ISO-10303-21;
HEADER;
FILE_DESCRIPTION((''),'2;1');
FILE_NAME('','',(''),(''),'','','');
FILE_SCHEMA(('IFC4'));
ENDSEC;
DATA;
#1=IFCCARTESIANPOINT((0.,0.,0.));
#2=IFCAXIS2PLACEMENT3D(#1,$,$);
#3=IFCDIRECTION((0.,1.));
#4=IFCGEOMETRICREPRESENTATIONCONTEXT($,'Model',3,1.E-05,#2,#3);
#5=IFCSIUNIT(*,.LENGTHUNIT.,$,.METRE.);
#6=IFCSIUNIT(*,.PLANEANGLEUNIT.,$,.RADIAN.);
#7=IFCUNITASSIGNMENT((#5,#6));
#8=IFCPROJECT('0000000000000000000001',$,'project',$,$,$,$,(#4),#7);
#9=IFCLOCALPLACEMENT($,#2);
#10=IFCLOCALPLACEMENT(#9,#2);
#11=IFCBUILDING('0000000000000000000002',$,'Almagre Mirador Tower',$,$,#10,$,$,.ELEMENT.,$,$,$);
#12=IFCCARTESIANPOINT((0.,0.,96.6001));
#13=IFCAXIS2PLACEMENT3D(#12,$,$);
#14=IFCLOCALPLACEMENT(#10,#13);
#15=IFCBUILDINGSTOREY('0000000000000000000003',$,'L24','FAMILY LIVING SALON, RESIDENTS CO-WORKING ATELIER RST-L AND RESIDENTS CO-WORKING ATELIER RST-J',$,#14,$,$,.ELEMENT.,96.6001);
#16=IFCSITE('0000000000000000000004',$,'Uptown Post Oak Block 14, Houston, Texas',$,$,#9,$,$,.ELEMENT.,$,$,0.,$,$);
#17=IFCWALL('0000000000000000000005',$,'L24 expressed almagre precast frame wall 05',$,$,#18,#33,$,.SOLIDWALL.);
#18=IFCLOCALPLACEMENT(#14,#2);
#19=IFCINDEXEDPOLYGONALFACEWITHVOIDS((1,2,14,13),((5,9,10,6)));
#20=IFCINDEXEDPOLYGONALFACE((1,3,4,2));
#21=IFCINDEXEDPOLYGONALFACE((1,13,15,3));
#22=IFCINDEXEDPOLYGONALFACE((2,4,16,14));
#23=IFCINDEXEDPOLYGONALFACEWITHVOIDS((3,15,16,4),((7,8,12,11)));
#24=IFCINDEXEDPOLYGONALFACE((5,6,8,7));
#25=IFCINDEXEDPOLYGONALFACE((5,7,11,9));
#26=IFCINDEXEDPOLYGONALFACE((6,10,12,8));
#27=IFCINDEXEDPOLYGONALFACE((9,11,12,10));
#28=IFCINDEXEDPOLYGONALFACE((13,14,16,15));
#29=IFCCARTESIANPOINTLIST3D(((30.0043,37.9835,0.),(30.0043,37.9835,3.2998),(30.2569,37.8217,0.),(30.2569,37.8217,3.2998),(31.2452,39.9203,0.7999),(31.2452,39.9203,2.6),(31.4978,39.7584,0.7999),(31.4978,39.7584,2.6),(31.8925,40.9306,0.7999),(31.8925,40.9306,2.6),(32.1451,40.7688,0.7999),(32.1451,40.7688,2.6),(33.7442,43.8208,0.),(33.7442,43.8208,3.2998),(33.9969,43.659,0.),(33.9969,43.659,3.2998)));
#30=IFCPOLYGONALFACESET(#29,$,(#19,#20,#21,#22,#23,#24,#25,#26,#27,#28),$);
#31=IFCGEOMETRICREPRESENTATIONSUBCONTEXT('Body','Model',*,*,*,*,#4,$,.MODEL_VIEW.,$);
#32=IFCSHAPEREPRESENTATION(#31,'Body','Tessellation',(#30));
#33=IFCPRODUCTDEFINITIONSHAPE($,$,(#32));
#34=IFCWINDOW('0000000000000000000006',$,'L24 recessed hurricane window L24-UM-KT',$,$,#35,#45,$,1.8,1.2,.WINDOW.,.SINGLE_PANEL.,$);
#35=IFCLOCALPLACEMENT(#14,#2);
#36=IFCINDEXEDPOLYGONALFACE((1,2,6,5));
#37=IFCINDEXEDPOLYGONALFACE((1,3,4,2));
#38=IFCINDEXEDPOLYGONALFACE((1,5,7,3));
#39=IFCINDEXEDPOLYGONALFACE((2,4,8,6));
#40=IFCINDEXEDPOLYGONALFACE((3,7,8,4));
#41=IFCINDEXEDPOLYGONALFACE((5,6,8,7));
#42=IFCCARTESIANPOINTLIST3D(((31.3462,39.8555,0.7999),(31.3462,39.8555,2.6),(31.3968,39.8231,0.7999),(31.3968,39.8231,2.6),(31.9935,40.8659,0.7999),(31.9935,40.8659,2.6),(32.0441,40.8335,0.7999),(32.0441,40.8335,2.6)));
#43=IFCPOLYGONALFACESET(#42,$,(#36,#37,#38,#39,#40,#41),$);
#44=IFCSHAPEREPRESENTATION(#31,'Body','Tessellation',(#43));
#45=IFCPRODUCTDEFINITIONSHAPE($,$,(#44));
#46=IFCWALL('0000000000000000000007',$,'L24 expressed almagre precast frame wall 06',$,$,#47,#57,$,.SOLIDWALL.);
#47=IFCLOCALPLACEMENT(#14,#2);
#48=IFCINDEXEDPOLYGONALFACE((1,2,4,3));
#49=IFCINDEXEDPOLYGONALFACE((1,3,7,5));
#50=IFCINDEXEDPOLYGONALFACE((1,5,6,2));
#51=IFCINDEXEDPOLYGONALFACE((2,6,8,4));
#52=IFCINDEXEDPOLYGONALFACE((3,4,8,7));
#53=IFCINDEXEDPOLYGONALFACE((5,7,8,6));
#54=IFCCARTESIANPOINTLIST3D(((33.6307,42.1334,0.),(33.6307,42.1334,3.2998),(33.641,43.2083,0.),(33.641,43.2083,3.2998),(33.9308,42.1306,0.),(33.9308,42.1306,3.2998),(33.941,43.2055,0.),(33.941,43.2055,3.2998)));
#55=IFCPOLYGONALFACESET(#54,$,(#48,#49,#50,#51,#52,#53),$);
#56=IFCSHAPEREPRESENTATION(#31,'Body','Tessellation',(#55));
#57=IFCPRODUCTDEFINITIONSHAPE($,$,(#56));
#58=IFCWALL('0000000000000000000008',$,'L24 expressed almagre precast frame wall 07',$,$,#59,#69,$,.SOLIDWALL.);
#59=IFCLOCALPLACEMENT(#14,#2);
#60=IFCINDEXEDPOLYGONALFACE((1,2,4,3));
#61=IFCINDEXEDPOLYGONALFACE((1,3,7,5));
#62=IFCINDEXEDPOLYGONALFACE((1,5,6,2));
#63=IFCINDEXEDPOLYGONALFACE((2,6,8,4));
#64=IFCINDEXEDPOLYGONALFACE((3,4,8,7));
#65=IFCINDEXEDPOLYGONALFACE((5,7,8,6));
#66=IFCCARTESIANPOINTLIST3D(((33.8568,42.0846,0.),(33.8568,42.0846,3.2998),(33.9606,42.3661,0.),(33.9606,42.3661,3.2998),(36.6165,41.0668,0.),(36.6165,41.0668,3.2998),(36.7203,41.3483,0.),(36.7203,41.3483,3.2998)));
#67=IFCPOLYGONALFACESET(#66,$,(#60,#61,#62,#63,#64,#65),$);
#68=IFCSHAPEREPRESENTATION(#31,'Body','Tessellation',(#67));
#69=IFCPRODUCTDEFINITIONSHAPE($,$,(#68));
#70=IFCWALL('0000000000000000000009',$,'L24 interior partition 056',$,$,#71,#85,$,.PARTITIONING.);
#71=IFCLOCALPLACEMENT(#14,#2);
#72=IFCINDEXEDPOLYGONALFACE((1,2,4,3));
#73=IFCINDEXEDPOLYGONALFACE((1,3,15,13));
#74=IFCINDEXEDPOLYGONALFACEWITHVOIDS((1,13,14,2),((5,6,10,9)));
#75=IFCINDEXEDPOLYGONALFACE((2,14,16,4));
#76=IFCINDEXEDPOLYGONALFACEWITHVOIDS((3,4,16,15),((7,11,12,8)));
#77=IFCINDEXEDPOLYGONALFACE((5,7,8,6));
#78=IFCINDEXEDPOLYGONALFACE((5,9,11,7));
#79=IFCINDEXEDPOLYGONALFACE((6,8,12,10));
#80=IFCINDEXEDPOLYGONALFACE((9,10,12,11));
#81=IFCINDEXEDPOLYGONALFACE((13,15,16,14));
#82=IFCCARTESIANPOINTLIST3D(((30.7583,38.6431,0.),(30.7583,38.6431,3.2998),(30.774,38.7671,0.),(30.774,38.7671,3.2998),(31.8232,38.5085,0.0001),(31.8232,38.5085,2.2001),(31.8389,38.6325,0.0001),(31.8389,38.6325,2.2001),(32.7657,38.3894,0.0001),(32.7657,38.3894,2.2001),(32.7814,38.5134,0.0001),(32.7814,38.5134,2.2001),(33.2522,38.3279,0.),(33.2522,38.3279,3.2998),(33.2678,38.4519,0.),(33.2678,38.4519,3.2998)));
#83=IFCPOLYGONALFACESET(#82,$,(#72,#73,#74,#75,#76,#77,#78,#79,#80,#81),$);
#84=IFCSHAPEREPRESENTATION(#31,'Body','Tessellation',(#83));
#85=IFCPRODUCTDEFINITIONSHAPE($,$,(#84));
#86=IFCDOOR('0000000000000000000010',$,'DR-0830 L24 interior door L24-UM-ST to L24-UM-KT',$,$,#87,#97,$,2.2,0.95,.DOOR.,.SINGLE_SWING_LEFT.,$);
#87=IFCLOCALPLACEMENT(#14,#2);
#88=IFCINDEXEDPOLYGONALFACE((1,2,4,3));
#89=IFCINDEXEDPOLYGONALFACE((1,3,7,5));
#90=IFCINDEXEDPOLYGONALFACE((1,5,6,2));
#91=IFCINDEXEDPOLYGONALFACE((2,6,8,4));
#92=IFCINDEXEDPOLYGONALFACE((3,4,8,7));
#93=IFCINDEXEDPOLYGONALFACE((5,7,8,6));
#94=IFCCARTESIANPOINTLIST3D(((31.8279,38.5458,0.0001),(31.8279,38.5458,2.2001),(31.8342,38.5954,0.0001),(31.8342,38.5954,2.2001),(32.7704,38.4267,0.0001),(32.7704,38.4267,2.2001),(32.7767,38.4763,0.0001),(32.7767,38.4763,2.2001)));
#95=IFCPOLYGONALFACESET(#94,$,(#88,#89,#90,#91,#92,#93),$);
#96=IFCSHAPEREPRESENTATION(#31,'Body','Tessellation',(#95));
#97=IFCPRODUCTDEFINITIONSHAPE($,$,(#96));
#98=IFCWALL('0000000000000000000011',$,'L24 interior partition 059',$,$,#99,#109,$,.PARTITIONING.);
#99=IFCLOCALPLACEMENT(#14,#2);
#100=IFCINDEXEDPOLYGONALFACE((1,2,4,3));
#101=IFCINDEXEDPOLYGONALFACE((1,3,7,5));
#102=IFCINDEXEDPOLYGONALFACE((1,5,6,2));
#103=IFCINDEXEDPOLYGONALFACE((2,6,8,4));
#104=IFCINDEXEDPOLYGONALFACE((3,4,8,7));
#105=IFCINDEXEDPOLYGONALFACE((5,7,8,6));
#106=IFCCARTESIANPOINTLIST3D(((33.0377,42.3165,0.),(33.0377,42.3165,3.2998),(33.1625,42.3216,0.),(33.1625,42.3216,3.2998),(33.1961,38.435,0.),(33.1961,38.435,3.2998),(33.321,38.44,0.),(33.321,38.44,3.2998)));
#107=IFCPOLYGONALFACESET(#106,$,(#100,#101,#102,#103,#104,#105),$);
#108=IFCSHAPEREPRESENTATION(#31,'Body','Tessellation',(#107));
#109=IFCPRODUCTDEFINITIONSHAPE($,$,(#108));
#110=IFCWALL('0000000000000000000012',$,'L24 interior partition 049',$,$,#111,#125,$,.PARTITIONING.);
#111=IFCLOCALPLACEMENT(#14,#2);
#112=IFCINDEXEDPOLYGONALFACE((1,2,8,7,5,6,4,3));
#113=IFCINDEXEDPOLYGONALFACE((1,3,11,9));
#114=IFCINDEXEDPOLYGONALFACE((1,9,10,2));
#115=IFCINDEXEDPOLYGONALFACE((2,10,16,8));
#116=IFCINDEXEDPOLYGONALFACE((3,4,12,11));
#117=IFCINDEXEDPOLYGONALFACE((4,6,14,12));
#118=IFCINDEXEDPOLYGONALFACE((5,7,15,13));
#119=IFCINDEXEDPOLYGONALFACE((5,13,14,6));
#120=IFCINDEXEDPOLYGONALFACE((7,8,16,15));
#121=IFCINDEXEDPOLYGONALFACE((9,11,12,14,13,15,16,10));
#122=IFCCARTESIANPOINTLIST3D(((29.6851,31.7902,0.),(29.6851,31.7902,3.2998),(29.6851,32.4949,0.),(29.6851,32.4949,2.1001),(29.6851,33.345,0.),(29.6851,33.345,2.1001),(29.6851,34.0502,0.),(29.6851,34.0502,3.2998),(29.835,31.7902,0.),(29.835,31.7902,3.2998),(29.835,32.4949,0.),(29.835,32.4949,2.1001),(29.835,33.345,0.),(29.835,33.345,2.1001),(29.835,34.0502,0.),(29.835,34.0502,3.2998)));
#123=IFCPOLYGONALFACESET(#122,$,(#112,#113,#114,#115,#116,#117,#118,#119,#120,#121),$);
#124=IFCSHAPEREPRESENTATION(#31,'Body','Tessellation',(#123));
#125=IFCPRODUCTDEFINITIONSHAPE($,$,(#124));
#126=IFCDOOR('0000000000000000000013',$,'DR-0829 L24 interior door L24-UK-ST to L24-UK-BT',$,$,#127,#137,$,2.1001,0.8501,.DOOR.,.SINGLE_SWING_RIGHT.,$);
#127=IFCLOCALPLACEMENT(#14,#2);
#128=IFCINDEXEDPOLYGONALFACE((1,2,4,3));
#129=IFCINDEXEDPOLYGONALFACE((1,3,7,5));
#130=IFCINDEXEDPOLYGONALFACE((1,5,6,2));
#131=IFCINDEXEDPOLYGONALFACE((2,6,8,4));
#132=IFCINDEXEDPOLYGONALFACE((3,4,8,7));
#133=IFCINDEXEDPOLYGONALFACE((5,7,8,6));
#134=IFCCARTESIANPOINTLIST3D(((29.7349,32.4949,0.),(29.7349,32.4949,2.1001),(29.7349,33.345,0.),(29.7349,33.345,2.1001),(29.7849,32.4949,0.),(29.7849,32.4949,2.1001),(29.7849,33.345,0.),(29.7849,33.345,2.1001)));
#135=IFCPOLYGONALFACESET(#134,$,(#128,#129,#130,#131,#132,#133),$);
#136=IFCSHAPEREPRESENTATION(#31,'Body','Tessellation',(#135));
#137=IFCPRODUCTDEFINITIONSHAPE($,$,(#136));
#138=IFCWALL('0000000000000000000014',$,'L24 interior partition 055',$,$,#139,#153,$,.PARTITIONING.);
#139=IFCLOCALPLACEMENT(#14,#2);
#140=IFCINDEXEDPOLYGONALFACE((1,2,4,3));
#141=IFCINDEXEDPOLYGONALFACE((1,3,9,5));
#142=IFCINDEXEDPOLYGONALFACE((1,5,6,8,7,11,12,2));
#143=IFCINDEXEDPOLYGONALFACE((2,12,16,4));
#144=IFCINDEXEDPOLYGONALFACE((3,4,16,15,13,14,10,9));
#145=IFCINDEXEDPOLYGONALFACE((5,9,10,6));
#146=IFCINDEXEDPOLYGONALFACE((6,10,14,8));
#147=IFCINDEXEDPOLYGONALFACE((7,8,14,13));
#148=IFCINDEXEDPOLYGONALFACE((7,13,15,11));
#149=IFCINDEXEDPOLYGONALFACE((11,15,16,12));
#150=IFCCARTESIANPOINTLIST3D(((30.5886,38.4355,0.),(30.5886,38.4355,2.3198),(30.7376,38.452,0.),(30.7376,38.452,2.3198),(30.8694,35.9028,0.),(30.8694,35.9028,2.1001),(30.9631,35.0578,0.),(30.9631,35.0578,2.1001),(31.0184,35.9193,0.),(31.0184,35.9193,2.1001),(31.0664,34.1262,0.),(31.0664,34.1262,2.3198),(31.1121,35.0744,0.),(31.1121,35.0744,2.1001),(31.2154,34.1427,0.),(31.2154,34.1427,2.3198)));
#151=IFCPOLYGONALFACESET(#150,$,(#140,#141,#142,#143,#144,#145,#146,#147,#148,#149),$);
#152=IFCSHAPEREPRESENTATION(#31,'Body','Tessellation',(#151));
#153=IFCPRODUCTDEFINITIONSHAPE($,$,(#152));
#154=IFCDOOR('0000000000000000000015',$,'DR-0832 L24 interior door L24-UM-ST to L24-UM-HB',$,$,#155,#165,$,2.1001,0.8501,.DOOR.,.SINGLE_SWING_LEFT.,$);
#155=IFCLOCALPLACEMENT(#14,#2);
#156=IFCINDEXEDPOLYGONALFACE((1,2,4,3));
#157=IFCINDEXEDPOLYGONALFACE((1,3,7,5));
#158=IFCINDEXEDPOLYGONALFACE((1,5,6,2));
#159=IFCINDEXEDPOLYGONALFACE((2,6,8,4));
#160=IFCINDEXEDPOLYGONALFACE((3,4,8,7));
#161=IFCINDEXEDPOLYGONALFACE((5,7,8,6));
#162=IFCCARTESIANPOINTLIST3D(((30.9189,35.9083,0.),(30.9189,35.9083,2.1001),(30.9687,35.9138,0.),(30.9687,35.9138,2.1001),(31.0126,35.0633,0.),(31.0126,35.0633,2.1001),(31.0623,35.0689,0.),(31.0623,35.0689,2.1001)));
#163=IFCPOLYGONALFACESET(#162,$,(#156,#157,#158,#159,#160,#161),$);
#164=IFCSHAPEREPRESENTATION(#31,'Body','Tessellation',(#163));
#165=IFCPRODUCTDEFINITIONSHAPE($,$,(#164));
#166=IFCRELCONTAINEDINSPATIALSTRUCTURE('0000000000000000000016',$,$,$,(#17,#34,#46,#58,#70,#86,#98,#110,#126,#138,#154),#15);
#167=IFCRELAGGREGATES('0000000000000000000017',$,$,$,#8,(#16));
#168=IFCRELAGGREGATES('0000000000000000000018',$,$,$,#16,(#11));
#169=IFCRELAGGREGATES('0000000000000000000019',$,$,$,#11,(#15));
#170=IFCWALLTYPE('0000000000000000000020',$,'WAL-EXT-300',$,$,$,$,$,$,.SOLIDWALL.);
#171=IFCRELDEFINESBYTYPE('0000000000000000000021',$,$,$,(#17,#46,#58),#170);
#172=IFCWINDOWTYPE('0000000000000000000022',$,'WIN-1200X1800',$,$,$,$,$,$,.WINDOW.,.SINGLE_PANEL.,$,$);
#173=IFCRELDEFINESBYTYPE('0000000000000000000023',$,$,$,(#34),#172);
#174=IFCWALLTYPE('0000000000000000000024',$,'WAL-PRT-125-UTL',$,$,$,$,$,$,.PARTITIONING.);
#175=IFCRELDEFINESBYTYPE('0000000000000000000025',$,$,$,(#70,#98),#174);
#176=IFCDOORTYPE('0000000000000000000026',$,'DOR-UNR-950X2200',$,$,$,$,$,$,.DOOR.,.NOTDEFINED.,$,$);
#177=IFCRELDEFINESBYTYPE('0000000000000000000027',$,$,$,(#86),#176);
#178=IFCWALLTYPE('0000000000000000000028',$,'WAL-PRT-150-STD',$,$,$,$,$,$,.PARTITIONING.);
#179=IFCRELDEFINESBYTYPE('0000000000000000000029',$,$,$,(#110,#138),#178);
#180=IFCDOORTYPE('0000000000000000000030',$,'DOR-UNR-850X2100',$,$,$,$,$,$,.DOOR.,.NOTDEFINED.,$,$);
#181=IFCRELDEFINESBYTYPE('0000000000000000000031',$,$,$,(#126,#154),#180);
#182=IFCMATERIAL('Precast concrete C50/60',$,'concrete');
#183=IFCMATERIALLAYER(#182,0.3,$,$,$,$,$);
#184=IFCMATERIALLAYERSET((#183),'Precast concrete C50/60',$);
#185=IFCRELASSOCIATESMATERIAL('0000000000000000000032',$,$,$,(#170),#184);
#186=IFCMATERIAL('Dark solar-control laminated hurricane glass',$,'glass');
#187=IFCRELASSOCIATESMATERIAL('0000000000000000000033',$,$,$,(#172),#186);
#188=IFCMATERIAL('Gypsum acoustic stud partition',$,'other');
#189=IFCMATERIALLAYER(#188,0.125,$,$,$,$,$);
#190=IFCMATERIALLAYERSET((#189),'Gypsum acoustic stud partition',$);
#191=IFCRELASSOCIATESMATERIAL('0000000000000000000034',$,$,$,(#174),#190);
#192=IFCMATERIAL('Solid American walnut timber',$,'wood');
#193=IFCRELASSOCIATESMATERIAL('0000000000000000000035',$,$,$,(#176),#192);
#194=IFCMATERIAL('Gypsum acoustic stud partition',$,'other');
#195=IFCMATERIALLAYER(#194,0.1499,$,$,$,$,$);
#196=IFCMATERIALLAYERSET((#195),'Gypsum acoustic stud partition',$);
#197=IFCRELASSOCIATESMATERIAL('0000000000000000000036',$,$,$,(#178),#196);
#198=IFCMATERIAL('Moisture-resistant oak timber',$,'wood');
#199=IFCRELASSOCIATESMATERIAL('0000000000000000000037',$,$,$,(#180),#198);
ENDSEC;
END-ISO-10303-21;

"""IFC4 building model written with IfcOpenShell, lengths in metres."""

from ifc_helpers import new_model, si_unit, direction, frame, frame_2d, origin, place, context, subcontext, project, spatial, rectangle, extrude, material, layer, layer_set, type_object, element, fill, save


model = new_model("IFC4")

# Units and contexts
model_context = context("Model", 3, precision=1e-05, world=origin(), true_north=direction((0.0, 1.0)))
body_context = subcontext(model_context, "Body", "Model", "MODEL_VIEW")
ifc_project = project(units=[si_unit("LENGTHUNIT", "METRE"), si_unit("PLANEANGLEUNIT", "RADIAN")], contexts=[model_context])

# Site, building, storey
site_placement = place(None, origin())
site = spatial("IfcSite", under=ifc_project, at=site_placement, Name="Uptown Post Oak Block 14, Houston, Texas", CompositionType="ELEMENT", RefElevation=0.0)
building_placement = place(site_placement, origin())
building = spatial("IfcBuilding", under=site, at=building_placement, Name="Almagre Mirador Tower", CompositionType="ELEMENT")
storey_placement = place(building_placement, frame((0.0, 0.0, 96.6001)))
storey = spatial("IfcBuildingStorey", under=building, at=storey_placement, Name="L24", Description="FAMILY LIVING SALON, RESIDENTS CO-WORKING ATELIER RST-L AND RESIDENTS CO-WORKING ATELIER RST-J", CompositionType="ELEMENT", Elevation=96.6001)

# Wall, opening, window
ifc_material_1 = material(Name="Precast concrete C50/60", Category="concrete")
ifc_layer_1 = layer(ifc_material_1, 0.3)
ifc_layer_set_1 = layer_set([ifc_layer_1], Name="Precast concrete C50/60")
wall_type_1 = type_object("IfcWallType", Name="WAL-EXT-300", PredefinedType="SOLIDWALL", material=ifc_layer_set_1)
wall_1_placement = place(storey_placement, frame((30.1306, 37.9026, 0.0), z_axis=(0.0, 0.0, 1.0), x_axis=(0.539468, 0.842006, 0.0)))
wall_1 = element("IfcWall", 1, at=wall_1_placement, inside=storey, type_object=wall_type_1, Name="L24 expressed almagre precast frame wall 05", PredefinedType="SOLIDWALL", context=body_context, shape_type="SweptSolid", body=[
    extrude(rectangle(XDim=6.9326, YDim=0.3, at=frame_2d((3.4663, 0.0))), origin(), (0.0, 0.0, 1.0), 3.2998),
])
opening_1_placement = place(wall_1_placement, frame((2.3, 0.0, 0.8)))
opening_1 = element("IfcOpeningElement", 2, at=opening_1_placement, cuts=wall_1, PredefinedType="OPENING", context=body_context, shape_type="SweptSolid", body=[
    extrude(rectangle(XDim=1.2, YDim=1.8, at=frame_2d((0.6001, 0.8999))), frame((0.0, 0.1599, 0.0), z_axis=(0.0, -1.0, 0.0), x_axis=(1.0, 0.0, 0.0)), (0.0, 0.0, 1.0), 0.32),
])
ifc_material_2 = material(Name="Dark solar-control laminated hurricane glass", Category="glass")
window_type_1 = type_object("IfcWindowType", Name="WIN-1200X1800", PartitioningType="SINGLE_PANEL", PredefinedType="WINDOW", material=ifc_material_2)
window_1_placement = place(opening_1_placement, origin())
window_1 = element("IfcWindow", 3, at=window_1_placement, inside=storey, type_object=window_type_1, Name="L24 recessed hurricane window L24-UM-KT", OverallHeight=1.8, OverallWidth=1.2, PartitioningType="SINGLE_PANEL", PredefinedType="WINDOW", context=body_context, shape_type="SweptSolid", body=[
    extrude(rectangle(XDim=1.2, YDim=1.8, at=frame_2d((0.6001, 0.8999))), frame((0.0, 0.03, 0.0), z_axis=(0.0, -1.0, 0.0), x_axis=(1.0, 0.0, 0.0)), (0.0, 0.0, 1.0), 0.0601),
])
fill(opening_1, window_1)

# Walls
wall_2_placement = place(storey_placement, frame((33.791, 43.207, 0.0), z_axis=(0.0, 0.0, 1.0), x_axis=(-0.009539, -0.999955, 0.0)))
element("IfcWall", 4, at=wall_2_placement, inside=storey, type_object=wall_type_1, Name="L24 expressed almagre precast frame wall 06", PredefinedType="SOLIDWALL", context=body_context, shape_type="SweptSolid", body=[
    extrude(rectangle(XDim=1.075, YDim=0.3, at=frame_2d((0.5376, 0.0))), origin(), (0.0, 0.0, 1.0), 3.2998),
])
wall_3_placement = place(storey_placement, frame((33.9087, 42.2253, 0.0), z_axis=(0.0, 0.0, 1.0), x_axis=(0.938225, -0.346025, 0.0)))
element("IfcWall", 5, at=wall_3_placement, inside=storey, type_object=wall_type_1, Name="L24 expressed almagre precast frame wall 07", PredefinedType="SOLIDWALL", context=body_context, shape_type="SweptSolid", body=[
    extrude(rectangle(XDim=2.9414, YDim=0.3, at=frame_2d((1.4707, 0.0))), origin(), (0.0, 0.0, 1.0), 3.2998),
])

# Wall, opening, door
ifc_material_3 = material(Name="Gypsum acoustic stud partition", Category="other")
ifc_layer_2 = layer(ifc_material_3, 0.125)
ifc_layer_set_2 = layer_set([ifc_layer_2], Name="Gypsum acoustic stud partition")
wall_type_2 = type_object("IfcWallType", Name="WAL-PRT-125-UTL", PredefinedType="PARTITIONING", material=ifc_layer_set_2)
wall_4_placement = place(storey_placement, frame((33.26, 38.3899, 0.0), z_axis=(0.0, 0.0, 1.0), x_axis=(-0.992108, 0.125385, 0.0)))
wall_4 = element("IfcWall", 6, at=wall_4_placement, inside=storey, type_object=wall_type_2, Name="L24 interior partition 056", PredefinedType="PARTITIONING", context=body_context, shape_type="SweptSolid", body=[
    extrude(rectangle(XDim=2.5137, YDim=0.125, at=frame_2d((1.2568, 0.0))), origin(), (0.0, 0.0, 1.0), 3.2998),
])
opening_2_placement = place(wall_4_placement, frame((0.4902, 0.0, 0.0)))
opening_2 = element("IfcOpeningElement", 7, at=opening_2_placement, cuts=wall_4, PredefinedType="OPENING", context=body_context, shape_type="SweptSolid", body=[
    extrude(rectangle(XDim=0.95, YDim=2.2, at=frame_2d((0.4751, 1.1001))), frame((0.0, 0.0725, 0.0), z_axis=(0.0, -1.0, 0.0), x_axis=(1.0, 0.0, 0.0)), (0.0, 0.0, 1.0), 0.145),
])
ifc_material_4 = material(Name="Solid American walnut timber", Category="wood")
door_type_1 = type_object("IfcDoorType", Name="DOR-UNR-950X2200", OperationType="NOTDEFINED", PredefinedType="DOOR", material=ifc_material_4)
door_1_placement = place(opening_2_placement, origin())
door_1 = element("IfcDoor", 8, at=door_1_placement, inside=storey, type_object=door_type_1, Name="DR-0830 L24 interior door L24-UM-ST to L24-UM-KT", OperationType="SINGLE_SWING_LEFT", OverallHeight=2.2, OverallWidth=0.95, PredefinedType="DOOR", context=body_context, shape_type="SweptSolid", body=[
    extrude(rectangle(XDim=0.95, YDim=2.2, at=frame_2d((0.4751, 1.1001))), frame((0.0, 0.0249, 0.0), z_axis=(0.0, -1.0, 0.0), x_axis=(1.0, 0.0, 0.0)), (0.0, 0.0, 1.0), 0.05),
])
fill(opening_2, door_1)

# Wall
wall_5_placement = place(storey_placement, frame((33.2585, 38.4375, 0.0), z_axis=(0.0, 0.0, 1.0), x_axis=(-0.040786, 0.999168, 0.0)))
element("IfcWall", 9, at=wall_5_placement, inside=storey, type_object=wall_type_2, Name="L24 interior partition 059", PredefinedType="PARTITIONING", context=body_context, shape_type="SweptSolid", body=[
    extrude(rectangle(XDim=3.8848, YDim=0.125, at=frame_2d((1.9424, 0.0))), origin(), (0.0, 0.0, 1.0), 3.2998),
])

# Walls, openings, doors
ifc_material_5 = material(Name="Gypsum acoustic stud partition", Category="other")
ifc_layer_3 = layer(ifc_material_5, 0.1499)
ifc_layer_set_3 = layer_set([ifc_layer_3], Name="Gypsum acoustic stud partition")
wall_type_3 = type_object("IfcWallType", Name="WAL-PRT-150-STD", PredefinedType="PARTITIONING", material=ifc_layer_set_3)
wall_6_placement = place(storey_placement, frame((29.76, 34.05, 0.0), z_axis=(0.0, 0.0, 1.0), x_axis=(0.0, -1.0, 0.0)))
wall_6 = element("IfcWall", 10, at=wall_6_placement, inside=storey, type_object=wall_type_3, Name="L24 interior partition 049", PredefinedType="PARTITIONING", context=body_context, shape_type="SweptSolid", body=[
    extrude(rectangle(XDim=2.26, YDim=0.1499, at=frame_2d((1.1299, 0.0))), origin(), (0.0, 0.0, 1.0), 3.2998),
])
opening_3_placement = place(wall_6_placement, frame((0.7051, 0.0, 0.0)))
opening_3 = element("IfcOpeningElement", 11, at=opening_3_placement, cuts=wall_6, PredefinedType="OPENING", context=body_context, shape_type="SweptSolid", body=[
    extrude(rectangle(XDim=0.8501, YDim=2.1001, at=frame_2d((0.425, 1.05))), frame((0.0, 0.085, 0.0), z_axis=(0.0, -1.0, 0.0), x_axis=(1.0, 0.0, 0.0)), (0.0, 0.0, 1.0), 0.1699),
])
ifc_material_6 = material(Name="Moisture-resistant oak timber", Category="wood")
door_type_2 = type_object("IfcDoorType", Name="DOR-UNR-850X2100", OperationType="NOTDEFINED", PredefinedType="DOOR", material=ifc_material_6)
door_2_placement = place(opening_3_placement, origin())
door_2 = element("IfcDoor", 12, at=door_2_placement, inside=storey, type_object=door_type_2, Name="DR-0829 L24 interior door L24-UK-ST to L24-UK-BT", OperationType="SINGLE_SWING_RIGHT", OverallHeight=2.1001, OverallWidth=0.8501, PredefinedType="DOOR", context=body_context, shape_type="SweptSolid", body=[
    extrude(rectangle(XDim=0.8501, YDim=2.1001, at=frame_2d((0.425, 1.05))), frame((0.0, 0.0249, 0.0), z_axis=(0.0, -1.0, 0.0), x_axis=(1.0, 0.0, 0.0)), (0.0, 0.0, 1.0), 0.05),
])
fill(opening_3, door_2)
wall_7_placement = place(storey_placement, frame((30.6631, 38.4438, 0.0), z_axis=(0.0, 0.0, 1.0), x_axis=(0.110197, -0.99391, 0.0)))
wall_7 = element("IfcWall", 13, at=wall_7_placement, inside=storey, type_object=wall_type_3, Name="L24 interior partition 055", PredefinedType="PARTITIONING", context=body_context, shape_type="SweptSolid", body=[
    extrude(rectangle(XDim=4.3357, YDim=0.1499, at=frame_2d((2.168, 0.0))), origin(), (0.0, 0.0, 1.0), 2.3198),
])
opening_4_placement = place(wall_7_placement, frame((2.5483, 0.0, 0.0)))
opening_4 = element("IfcOpeningElement", 14, at=opening_4_placement, cuts=wall_7, PredefinedType="OPENING", context=body_context, shape_type="SweptSolid", body=[
    extrude(rectangle(XDim=0.8501, YDim=2.1001, at=frame_2d((0.425, 1.05))), frame((0.0, 0.085, 0.0), z_axis=(0.0, -1.0, 0.0), x_axis=(1.0, 0.0, 0.0)), (0.0, 0.0, 1.0), 0.1699),
])
door_3_placement = place(opening_4_placement, origin())
door_3 = element("IfcDoor", 15, at=door_3_placement, inside=storey, type_object=door_type_2, Name="DR-0832 L24 interior door L24-UM-ST to L24-UM-HB", OperationType="SINGLE_SWING_LEFT", OverallHeight=2.1001, OverallWidth=0.8501, PredefinedType="DOOR", context=body_context, shape_type="SweptSolid", body=[
    extrude(rectangle(XDim=0.8501, YDim=2.1001, at=frame_2d((0.425, 1.05))), frame((0.0, 0.0249, 0.0), z_axis=(0.0, -1.0, 0.0), x_axis=(1.0, 0.0, 0.0)), (0.0, 0.0, 1.0), 0.05),
])
fill(opening_4, door_3)

save(model, "model.ifc")
